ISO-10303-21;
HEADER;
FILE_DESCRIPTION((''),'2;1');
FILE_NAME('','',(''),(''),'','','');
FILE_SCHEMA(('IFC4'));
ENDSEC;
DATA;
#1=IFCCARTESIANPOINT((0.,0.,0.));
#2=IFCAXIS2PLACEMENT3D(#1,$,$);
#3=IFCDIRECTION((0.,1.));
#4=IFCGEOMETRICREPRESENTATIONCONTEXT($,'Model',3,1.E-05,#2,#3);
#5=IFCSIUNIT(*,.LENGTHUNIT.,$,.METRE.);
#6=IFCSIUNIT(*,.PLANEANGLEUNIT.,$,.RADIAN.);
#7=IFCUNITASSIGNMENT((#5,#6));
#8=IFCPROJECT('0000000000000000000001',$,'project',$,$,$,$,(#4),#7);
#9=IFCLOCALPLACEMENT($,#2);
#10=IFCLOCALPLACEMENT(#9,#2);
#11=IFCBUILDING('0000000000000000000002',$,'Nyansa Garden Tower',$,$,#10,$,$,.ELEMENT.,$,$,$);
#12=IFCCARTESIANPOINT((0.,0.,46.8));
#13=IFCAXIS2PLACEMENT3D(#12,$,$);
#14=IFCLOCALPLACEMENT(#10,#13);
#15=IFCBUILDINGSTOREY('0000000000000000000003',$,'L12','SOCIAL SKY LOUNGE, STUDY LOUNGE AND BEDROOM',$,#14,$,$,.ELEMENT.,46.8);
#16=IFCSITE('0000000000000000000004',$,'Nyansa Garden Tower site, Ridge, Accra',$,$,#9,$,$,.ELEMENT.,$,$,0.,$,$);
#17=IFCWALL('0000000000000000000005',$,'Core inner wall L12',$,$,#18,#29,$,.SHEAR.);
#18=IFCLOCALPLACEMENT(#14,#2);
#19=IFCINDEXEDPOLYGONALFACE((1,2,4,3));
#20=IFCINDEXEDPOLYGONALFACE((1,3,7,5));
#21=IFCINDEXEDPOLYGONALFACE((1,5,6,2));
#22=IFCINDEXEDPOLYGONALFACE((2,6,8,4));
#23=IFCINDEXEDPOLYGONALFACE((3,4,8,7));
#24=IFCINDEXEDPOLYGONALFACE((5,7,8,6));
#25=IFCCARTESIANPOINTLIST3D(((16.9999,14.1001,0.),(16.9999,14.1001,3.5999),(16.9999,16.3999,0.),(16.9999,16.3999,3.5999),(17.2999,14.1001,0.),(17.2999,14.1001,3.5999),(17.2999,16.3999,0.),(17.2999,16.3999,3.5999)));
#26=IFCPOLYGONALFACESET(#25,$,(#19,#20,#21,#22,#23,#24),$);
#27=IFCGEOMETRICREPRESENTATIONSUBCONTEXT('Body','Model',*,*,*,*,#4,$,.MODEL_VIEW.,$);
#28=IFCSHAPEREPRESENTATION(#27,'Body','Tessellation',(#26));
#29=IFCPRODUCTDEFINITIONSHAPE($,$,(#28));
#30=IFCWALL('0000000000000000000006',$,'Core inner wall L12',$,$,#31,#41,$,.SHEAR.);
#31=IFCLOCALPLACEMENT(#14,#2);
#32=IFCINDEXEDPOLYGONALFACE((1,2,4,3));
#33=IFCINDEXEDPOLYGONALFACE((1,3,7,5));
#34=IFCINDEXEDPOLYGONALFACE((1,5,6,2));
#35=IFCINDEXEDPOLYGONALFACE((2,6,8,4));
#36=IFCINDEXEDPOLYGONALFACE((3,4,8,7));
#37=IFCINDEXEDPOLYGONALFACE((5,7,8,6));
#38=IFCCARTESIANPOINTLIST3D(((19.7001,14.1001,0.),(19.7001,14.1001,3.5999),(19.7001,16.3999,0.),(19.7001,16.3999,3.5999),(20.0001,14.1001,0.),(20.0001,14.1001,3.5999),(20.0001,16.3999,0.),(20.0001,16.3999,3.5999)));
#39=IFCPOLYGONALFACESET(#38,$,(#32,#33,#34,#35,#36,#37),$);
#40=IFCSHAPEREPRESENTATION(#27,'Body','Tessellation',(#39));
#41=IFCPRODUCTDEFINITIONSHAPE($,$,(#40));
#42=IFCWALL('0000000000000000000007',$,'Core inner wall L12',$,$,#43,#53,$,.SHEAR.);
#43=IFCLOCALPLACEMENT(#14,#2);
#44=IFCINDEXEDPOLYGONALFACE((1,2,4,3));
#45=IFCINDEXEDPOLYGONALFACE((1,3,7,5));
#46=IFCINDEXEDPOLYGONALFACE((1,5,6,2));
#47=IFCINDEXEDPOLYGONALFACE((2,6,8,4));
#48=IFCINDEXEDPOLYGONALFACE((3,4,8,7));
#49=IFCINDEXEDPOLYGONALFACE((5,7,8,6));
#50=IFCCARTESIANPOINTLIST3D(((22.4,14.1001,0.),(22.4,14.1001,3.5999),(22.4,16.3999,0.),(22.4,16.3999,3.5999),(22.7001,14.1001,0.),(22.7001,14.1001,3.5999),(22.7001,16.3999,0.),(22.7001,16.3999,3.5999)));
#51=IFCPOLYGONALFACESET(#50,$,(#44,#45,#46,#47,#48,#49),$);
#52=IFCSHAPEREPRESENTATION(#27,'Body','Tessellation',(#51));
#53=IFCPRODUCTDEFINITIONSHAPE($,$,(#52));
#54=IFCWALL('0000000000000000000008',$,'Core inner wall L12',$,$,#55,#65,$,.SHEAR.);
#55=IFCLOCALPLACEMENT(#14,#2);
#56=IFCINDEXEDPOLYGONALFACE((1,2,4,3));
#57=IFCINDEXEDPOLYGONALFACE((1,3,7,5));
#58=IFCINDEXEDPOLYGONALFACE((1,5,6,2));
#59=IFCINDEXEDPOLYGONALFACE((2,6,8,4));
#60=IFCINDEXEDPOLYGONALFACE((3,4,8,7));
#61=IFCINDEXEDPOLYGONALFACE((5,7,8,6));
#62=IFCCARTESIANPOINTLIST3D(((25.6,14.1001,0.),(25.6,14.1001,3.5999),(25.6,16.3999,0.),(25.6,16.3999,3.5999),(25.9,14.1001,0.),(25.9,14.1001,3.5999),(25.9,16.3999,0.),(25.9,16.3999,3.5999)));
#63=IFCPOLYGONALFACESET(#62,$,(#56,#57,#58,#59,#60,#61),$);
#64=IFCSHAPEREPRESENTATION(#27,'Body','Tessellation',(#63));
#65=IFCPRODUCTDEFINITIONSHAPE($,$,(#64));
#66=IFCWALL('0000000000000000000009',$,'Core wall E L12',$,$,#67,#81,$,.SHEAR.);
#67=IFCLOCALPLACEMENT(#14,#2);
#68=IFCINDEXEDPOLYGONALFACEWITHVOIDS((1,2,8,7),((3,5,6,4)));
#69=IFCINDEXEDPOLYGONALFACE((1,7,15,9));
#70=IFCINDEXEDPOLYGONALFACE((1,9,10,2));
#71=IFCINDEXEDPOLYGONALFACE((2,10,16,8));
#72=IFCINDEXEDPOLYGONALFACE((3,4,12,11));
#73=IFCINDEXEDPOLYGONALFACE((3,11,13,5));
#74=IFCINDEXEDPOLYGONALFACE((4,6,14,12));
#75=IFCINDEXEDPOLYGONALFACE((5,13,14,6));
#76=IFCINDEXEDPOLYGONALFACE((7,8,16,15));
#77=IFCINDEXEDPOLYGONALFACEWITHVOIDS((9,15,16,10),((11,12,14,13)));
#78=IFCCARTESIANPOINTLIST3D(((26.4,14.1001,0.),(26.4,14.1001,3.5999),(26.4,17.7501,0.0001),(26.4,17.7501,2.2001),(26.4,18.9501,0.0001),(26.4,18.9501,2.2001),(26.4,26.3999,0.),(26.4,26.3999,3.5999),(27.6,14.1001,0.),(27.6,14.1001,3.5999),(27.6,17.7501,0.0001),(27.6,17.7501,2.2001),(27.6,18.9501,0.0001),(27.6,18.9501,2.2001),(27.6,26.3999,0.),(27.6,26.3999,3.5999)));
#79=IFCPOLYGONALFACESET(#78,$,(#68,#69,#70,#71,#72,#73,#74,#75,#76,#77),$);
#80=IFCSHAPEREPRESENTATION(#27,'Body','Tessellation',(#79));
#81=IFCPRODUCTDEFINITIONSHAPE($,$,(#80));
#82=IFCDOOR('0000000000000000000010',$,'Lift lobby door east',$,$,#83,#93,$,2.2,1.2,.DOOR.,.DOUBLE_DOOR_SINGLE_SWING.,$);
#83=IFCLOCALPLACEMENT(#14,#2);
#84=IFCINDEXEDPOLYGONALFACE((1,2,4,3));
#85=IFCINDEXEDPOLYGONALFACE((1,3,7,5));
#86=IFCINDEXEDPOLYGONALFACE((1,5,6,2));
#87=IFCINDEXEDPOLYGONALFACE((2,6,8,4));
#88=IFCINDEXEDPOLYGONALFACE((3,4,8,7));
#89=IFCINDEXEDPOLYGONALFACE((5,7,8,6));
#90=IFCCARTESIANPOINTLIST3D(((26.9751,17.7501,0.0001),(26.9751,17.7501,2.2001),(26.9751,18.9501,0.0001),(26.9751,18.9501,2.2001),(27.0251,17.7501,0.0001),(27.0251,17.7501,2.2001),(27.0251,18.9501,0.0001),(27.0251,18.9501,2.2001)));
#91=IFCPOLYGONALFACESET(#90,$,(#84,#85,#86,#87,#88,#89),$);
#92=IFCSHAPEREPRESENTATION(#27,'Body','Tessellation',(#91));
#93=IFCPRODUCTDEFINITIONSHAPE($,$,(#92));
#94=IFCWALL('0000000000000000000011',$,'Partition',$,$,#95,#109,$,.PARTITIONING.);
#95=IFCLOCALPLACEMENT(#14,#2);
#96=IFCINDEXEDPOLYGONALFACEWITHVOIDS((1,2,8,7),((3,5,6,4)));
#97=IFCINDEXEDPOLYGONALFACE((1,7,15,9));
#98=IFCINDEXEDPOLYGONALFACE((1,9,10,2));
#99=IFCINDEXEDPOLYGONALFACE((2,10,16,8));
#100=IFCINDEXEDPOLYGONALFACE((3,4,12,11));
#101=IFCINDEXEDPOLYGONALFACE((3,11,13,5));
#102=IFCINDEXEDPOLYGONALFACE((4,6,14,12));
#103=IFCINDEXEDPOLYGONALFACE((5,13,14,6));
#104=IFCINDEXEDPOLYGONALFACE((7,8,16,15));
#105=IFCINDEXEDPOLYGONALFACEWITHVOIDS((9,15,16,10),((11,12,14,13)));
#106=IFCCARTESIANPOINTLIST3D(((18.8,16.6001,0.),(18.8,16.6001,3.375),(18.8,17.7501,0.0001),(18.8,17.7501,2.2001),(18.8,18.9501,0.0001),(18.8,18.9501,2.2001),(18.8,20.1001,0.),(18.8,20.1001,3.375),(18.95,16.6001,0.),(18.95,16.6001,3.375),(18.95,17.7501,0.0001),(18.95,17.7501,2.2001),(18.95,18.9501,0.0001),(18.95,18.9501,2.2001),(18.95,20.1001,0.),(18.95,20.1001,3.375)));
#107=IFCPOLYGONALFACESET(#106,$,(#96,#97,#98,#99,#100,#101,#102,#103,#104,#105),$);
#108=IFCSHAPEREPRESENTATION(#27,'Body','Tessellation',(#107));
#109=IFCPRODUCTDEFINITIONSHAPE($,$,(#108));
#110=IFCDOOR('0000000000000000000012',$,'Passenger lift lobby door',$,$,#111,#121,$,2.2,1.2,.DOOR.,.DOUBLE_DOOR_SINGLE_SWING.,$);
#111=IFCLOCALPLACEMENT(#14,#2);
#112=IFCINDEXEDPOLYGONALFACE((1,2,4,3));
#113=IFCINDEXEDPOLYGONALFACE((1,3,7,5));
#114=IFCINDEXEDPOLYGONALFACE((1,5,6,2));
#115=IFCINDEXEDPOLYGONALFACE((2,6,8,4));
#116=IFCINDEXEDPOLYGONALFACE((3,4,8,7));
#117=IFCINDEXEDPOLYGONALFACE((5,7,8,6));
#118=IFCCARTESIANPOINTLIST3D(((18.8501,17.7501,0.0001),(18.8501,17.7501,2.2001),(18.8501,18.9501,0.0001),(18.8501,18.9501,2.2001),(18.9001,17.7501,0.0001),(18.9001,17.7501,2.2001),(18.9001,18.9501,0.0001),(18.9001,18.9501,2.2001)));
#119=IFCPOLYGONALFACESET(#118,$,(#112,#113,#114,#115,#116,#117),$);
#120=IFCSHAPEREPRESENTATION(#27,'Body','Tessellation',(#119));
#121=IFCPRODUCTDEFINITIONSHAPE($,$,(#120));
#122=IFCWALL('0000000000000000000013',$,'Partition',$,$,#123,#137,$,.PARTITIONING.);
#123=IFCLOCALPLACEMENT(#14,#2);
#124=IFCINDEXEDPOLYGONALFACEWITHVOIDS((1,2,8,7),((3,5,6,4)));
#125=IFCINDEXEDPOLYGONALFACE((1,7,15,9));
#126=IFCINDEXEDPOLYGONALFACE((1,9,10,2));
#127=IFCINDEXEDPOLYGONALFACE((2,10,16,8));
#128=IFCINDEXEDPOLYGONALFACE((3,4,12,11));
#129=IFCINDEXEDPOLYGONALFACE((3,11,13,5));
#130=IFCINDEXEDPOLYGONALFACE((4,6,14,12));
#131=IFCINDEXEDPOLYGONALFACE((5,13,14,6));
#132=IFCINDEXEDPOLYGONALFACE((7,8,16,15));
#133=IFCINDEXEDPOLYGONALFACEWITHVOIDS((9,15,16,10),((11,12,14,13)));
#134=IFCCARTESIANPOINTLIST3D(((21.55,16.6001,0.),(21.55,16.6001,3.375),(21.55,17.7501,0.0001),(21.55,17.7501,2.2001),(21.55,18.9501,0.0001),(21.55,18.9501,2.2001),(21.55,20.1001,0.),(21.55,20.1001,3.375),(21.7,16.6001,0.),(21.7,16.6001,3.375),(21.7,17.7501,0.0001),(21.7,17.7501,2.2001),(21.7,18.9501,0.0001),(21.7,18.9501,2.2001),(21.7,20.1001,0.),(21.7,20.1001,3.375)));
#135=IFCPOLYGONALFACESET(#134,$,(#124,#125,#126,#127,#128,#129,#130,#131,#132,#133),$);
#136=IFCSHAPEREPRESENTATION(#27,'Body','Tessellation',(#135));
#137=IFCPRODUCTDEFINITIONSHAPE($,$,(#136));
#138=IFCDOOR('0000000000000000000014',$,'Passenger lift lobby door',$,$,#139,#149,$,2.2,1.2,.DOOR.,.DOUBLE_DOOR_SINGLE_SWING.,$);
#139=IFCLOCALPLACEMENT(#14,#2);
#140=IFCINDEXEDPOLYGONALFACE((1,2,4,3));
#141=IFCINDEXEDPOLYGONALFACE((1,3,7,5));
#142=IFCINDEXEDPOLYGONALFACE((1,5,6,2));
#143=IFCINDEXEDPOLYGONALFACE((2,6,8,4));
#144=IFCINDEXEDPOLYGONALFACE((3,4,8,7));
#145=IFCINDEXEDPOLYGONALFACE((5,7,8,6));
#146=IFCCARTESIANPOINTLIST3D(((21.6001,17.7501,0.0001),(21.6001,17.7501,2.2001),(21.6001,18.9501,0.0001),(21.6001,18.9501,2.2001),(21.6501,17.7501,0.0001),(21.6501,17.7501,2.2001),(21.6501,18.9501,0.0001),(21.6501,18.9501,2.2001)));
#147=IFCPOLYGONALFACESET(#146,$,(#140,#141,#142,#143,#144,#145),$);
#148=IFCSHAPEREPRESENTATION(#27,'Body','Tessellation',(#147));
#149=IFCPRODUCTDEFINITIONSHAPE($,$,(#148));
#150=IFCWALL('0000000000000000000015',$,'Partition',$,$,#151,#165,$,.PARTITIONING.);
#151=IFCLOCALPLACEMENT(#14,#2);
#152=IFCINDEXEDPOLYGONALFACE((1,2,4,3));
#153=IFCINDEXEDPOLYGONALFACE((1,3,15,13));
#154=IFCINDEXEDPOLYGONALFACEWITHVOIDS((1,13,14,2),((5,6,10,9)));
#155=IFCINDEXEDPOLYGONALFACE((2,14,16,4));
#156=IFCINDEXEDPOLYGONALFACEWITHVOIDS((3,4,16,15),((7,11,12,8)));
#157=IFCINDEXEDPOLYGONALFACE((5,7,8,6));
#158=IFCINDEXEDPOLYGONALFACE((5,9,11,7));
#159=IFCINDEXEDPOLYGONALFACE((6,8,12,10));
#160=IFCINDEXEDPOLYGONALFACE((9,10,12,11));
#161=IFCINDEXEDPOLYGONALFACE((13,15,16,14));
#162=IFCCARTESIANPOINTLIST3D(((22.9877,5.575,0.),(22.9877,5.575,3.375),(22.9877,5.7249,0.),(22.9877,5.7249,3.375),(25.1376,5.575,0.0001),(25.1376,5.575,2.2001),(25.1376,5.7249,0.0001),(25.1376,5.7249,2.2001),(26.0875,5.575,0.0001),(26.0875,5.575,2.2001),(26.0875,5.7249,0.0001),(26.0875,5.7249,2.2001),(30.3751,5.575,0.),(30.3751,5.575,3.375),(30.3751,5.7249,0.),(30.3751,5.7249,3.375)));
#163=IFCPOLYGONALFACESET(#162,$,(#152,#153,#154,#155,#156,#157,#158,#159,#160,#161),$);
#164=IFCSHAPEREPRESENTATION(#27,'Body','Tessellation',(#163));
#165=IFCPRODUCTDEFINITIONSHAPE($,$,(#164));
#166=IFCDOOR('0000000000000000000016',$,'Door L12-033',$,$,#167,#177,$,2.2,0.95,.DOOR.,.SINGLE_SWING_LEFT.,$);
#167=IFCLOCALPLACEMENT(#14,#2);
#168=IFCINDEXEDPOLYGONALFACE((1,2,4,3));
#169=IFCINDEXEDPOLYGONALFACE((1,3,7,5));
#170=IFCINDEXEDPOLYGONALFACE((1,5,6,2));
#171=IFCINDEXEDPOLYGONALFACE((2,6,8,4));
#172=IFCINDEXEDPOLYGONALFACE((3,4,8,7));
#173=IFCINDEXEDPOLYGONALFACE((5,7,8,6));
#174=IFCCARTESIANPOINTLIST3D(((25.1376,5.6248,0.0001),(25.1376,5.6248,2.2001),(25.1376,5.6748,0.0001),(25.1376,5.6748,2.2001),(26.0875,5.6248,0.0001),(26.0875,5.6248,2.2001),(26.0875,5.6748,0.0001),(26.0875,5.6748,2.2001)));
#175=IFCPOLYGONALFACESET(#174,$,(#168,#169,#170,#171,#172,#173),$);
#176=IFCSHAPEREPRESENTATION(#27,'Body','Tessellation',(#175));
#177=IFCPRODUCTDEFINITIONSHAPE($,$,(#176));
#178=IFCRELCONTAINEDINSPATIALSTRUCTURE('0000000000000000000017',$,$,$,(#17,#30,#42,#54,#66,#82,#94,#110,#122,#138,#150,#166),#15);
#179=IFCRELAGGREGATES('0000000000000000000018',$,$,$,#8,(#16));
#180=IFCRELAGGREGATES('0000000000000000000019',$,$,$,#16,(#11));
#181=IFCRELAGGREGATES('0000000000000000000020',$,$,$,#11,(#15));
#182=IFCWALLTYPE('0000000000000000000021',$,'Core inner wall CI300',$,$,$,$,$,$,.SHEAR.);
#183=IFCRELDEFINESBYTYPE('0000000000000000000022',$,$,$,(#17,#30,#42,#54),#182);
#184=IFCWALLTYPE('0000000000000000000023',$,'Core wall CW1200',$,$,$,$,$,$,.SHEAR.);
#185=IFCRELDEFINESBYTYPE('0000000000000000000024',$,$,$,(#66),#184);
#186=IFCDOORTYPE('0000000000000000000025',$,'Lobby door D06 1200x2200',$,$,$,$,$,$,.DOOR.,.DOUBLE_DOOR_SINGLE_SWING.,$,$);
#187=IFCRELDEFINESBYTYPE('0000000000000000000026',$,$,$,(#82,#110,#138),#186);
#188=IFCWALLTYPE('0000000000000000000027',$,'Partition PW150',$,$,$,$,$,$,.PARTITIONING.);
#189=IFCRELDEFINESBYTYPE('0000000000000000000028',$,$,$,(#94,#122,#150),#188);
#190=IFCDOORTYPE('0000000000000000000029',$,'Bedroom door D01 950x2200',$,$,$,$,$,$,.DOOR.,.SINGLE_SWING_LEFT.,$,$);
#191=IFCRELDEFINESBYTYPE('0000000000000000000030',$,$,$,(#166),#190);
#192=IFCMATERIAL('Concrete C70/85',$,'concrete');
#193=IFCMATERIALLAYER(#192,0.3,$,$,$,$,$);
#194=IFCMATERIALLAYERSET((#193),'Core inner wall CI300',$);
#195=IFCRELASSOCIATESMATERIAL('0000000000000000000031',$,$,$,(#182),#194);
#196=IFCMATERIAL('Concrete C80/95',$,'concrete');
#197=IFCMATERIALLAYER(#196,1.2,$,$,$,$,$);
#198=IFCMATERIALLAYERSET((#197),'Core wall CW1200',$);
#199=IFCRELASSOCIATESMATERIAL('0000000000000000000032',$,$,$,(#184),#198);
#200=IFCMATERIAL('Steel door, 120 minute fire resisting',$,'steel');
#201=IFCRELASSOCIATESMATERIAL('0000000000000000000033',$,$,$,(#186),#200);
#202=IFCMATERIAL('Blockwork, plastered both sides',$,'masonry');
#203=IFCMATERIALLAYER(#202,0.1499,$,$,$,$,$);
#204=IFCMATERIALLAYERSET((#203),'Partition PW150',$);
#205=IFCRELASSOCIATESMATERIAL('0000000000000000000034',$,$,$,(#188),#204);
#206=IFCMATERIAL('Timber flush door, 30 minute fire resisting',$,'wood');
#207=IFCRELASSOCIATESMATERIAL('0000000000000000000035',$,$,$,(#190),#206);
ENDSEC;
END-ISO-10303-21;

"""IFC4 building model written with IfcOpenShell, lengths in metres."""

from ifc_helpers import new_model, si_unit, direction, frame, frame_2d, origin, place, context, subcontext, project, spatial, rectangle, extrude, material, layer, layer_set, type_object, element, fill, save


model = new_model("IFC4")

# Units and contexts
model_context = context("Model", 3, precision=1e-05, world=origin(), true_north=direction((0.0, 1.0)))
body_context = subcontext(model_context, "Body", "Model", "MODEL_VIEW")
ifc_project = project(units=[si_unit("LENGTHUNIT", "METRE"), si_unit("PLANEANGLEUNIT", "RADIAN")], contexts=[model_context])

# Site, building, storey
site_placement = place(None, origin())
site = spatial("IfcSite", under=ifc_project, at=site_placement, Name="Nyansa Garden Tower site, Ridge, Accra", CompositionType="ELEMENT", RefElevation=0.0)
building_placement = place(site_placement, origin())
building = spatial("IfcBuilding", under=site, at=building_placement, Name="Nyansa Garden Tower", CompositionType="ELEMENT")
storey_placement = place(building_placement, frame((0.0, 0.0, 46.8)))
storey = spatial("IfcBuildingStorey", under=building, at=storey_placement, Name="L12", Description="SOCIAL SKY LOUNGE, STUDY LOUNGE AND BEDROOM", CompositionType="ELEMENT", Elevation=46.8)

# Walls
ifc_material_1 = material(Name="Concrete C70/85", Category="concrete")
ifc_layer_1 = layer(ifc_material_1, 0.3)
ifc_layer_set_1 = layer_set([ifc_layer_1], Name="Core inner wall CI300")
wall_type_1 = type_object("IfcWallType", Name="Core inner wall CI300", PredefinedType="SHEAR", material=ifc_layer_set_1)
for number, where, z_axis, x_axis, name in (
    (1, (17.1499, 14.1001, 0.0), (0.0, 0.0, 1.0), (0.0, 1.0, 0.0), "Core inner wall L12"),
    (2, (19.8501, 14.1001, 0.0), (0.0, 0.0, 1.0), (0.0, 1.0, 0.0), "Core inner wall L12"),
    (3, (22.55, 14.1001, 0.0), (0.0, 0.0, 1.0), (0.0, 1.0, 0.0), "Core inner wall L12"),
    (4, (25.75, 14.1001, 0.0), (0.0, 0.0, 1.0), (0.0, 1.0, 0.0), "Core inner wall L12"),
):
    element("IfcWall", number, at=place(storey_placement, frame(where, z_axis=z_axis, x_axis=x_axis)), inside=storey, type_object=wall_type_1, Name=name, PredefinedType="SHEAR", context=body_context, shape_type="SweptSolid", body=[
        extrude(rectangle(XDim=2.2998, YDim=0.3, at=frame_2d((1.1499, 0.0))), origin(), (0.0, 0.0, 1.0), 3.5999),
    ])

# Walls, openings, doors
ifc_material_2 = material(Name="Concrete C80/95", Category="concrete")
ifc_layer_2 = layer(ifc_material_2, 1.2)
ifc_layer_set_2 = layer_set([ifc_layer_2], Name="Core wall CW1200")
wall_type_2 = type_object("IfcWallType", Name="Core wall CW1200", PredefinedType="SHEAR", material=ifc_layer_set_2)
wall_1_placement = place(storey_placement, frame((27.0, 14.1001, 0.0), z_axis=(0.0, 0.0, 1.0), x_axis=(0.0, 1.0, 0.0)))
wall_1 = element("IfcWall", 5, at=wall_1_placement, inside=storey, type_object=wall_type_2, Name="Core wall E L12", PredefinedType="SHEAR", context=body_context, shape_type="SweptSolid", body=[
    extrude(rectangle(XDim=12.2998, YDim=1.2, at=frame_2d((6.1499, 0.0))), origin(), (0.0, 0.0, 1.0), 3.5999),
])
opening_1_placement = place(wall_1_placement, frame((3.6499, 0.0, 0.0)))
opening_1 = element("IfcOpeningElement", 6, at=opening_1_placement, cuts=wall_1, PredefinedType="OPENING", context=body_context, shape_type="SweptSolid", body=[
    extrude(rectangle(XDim=1.2, YDim=2.2, at=frame_2d((0.6001, 1.1001))), frame((0.0, 0.6099, 0.0), z_axis=(0.0, -1.0, 0.0), x_axis=(1.0, 0.0, 0.0)), (0.0, 0.0, 1.0), 1.22),
])
ifc_material_3 = material(Name="Steel door, 120 minute fire resisting", Category="steel")
door_type_1 = type_object("IfcDoorType", Name="Lobby door D06 1200x2200", OperationType="DOUBLE_DOOR_SINGLE_SWING", PredefinedType="DOOR", material=ifc_material_3)
door_1_placement = place(opening_1_placement, origin())
door_1 = element("IfcDoor", 7, at=door_1_placement, inside=storey, type_object=door_type_1, Name="Lift lobby door east", OperationType="DOUBLE_DOOR_SINGLE_SWING", OverallHeight=2.2, OverallWidth=1.2, PredefinedType="DOOR", context=body_context, shape_type="SweptSolid", body=[
    extrude(rectangle(XDim=1.2, YDim=2.2, at=frame_2d((0.6001, 1.1001))), frame((0.0, 0.0249, 0.0), z_axis=(0.0, -1.0, 0.0), x_axis=(1.0, 0.0, 0.0)), (0.0, 0.0, 1.0), 0.05),
])
fill(opening_1, door_1)
ifc_material_4 = material(Name="Blockwork, plastered both sides", Category="masonry")
ifc_layer_3 = layer(ifc_material_4, 0.1499)
ifc_layer_set_3 = layer_set([ifc_layer_3], Name="Partition PW150")
wall_type_3 = type_object("IfcWallType", Name="Partition PW150", PredefinedType="PARTITIONING", material=ifc_layer_set_3)
wall_2_placement = place(storey_placement, frame((18.875, 16.6001, 0.0), z_axis=(0.0, 0.0, 1.0), x_axis=(0.0, 1.0, 0.0)))
wall_2 = element("IfcWall", 8, at=wall_2_placement, inside=storey, type_object=wall_type_3, Name="Partition", PredefinedType="PARTITIONING", context=body_context, shape_type="SweptSolid", body=[
    extrude(rectangle(XDim=3.5, YDim=0.1499, at=frame_2d((1.75, 0.0))), origin(), (0.0, 0.0, 1.0), 3.375),
])
opening_2_placement = place(wall_2_placement, frame((1.1499, 0.0, 0.0)))
opening_2 = element("IfcOpeningElement", 9, at=opening_2_placement, cuts=wall_2, PredefinedType="OPENING", context=body_context, shape_type="SweptSolid", body=[
    extrude(rectangle(XDim=1.2, YDim=2.2, at=frame_2d((0.6001, 1.1001))), frame((0.0, 0.085, 0.0), z_axis=(0.0, -1.0, 0.0), x_axis=(1.0, 0.0, 0.0)), (0.0, 0.0, 1.0), 0.1699),
])
door_2_placement = place(opening_2_placement, origin())
door_2 = element("IfcDoor", 10, at=door_2_placement, inside=storey, type_object=door_type_1, Name="Passenger lift lobby door", OperationType="DOUBLE_DOOR_SINGLE_SWING", OverallHeight=2.2, OverallWidth=1.2, PredefinedType="DOOR", context=body_context, shape_type="SweptSolid", body=[
    extrude(rectangle(XDim=1.2, YDim=2.2, at=frame_2d((0.6001, 1.1001))), frame((0.0, 0.0249, 0.0), z_axis=(0.0, -1.0, 0.0), x_axis=(1.0, 0.0, 0.0)), (0.0, 0.0, 1.0), 0.05),
])
fill(opening_2, door_2)
wall_3_placement = place(storey_placement, frame((21.625, 16.6001, 0.0), z_axis=(0.0, 0.0, 1.0), x_axis=(0.0, 1.0, 0.0)))
wall_3 = element("IfcWall", 11, at=wall_3_placement, inside=storey, type_object=wall_type_3, Name="Partition", PredefinedType="PARTITIONING", context=body_context, shape_type="SweptSolid", body=[
    extrude(rectangle(XDim=3.5, YDim=0.1499, at=frame_2d((1.75, 0.0))), origin(), (0.0, 0.0, 1.0), 3.375),
])
opening_3_placement = place(wall_3_placement, frame((1.1499, 0.0, 0.0)))
opening_3 = element("IfcOpeningElement", 12, at=opening_3_placement, cuts=wall_3, PredefinedType="OPENING", context=body_context, shape_type="SweptSolid", body=[
    extrude(rectangle(XDim=1.2, YDim=2.2, at=frame_2d((0.6001, 1.1001))), frame((0.0, 0.085, 0.0), z_axis=(0.0, -1.0, 0.0), x_axis=(1.0, 0.0, 0.0)), (0.0, 0.0, 1.0), 0.1699),
])
door_3_placement = place(opening_3_placement, origin())
door_3 = element("IfcDoor", 13, at=door_3_placement, inside=storey, type_object=door_type_1, Name="Passenger lift lobby door", OperationType="DOUBLE_DOOR_SINGLE_SWING", OverallHeight=2.2, OverallWidth=1.2, PredefinedType="DOOR", context=body_context, shape_type="SweptSolid", body=[
    extrude(rectangle(XDim=1.2, YDim=2.2, at=frame_2d((0.6001, 1.1001))), frame((0.0, 0.0249, 0.0), z_axis=(0.0, -1.0, 0.0), x_axis=(1.0, 0.0, 0.0)), (0.0, 0.0, 1.0), 0.05),
])
fill(opening_3, door_3)
wall_4_placement = place(storey_placement, frame((22.9875, 5.6499, 0.0), z_axis=(0.0, 0.0, 1.0), x_axis=(1.0, 0.0, 0.0)))
wall_4 = element("IfcWall", 14, at=wall_4_placement, inside=storey, type_object=wall_type_3, Name="Partition", PredefinedType="PARTITIONING", context=body_context, shape_type="SweptSolid", body=[
    extrude(rectangle(XDim=7.3875, YDim=0.1499, at=frame_2d((3.6938, 0.0))), origin(), (0.0, 0.0, 1.0), 3.375),
])
opening_4_placement = place(wall_4_placement, frame((2.1499, 0.0, 0.0)))
opening_4 = element("IfcOpeningElement", 15, at=opening_4_placement, cuts=wall_4, PredefinedType="OPENING", context=body_context, shape_type="SweptSolid", body=[
    extrude(rectangle(XDim=0.95, YDim=2.2, at=frame_2d((0.4751, 1.1001))), frame((0.0, 0.085, 0.0), z_axis=(0.0, -1.0, 0.0), x_axis=(1.0, 0.0, 0.0)), (0.0, 0.0, 1.0), 0.1699),
])
ifc_material_5 = material(Name="Timber flush door, 30 minute fire resisting", Category="wood")
door_type_2 = type_object("IfcDoorType", Name="Bedroom door D01 950x2200", OperationType="SINGLE_SWING_LEFT", PredefinedType="DOOR", material=ifc_material_5)
door_4_placement = place(opening_4_placement, origin())
door_4 = element("IfcDoor", 16, at=door_4_placement, inside=storey, type_object=door_type_2, Name="Door L12-033", OperationType="SINGLE_SWING_LEFT", OverallHeight=2.2, OverallWidth=0.95, PredefinedType="DOOR", context=body_context, shape_type="SweptSolid", body=[
    extrude(rectangle(XDim=0.95, YDim=2.2, at=frame_2d((0.4751, 1.1001))), frame((0.0, 0.0249, 0.0), z_axis=(0.0, -1.0, 0.0), x_axis=(1.0, 0.0, 0.0)), (0.0, 0.0, 1.0), 0.05),
])
fill(opening_4, door_4)

save(model, "model.ifc")
